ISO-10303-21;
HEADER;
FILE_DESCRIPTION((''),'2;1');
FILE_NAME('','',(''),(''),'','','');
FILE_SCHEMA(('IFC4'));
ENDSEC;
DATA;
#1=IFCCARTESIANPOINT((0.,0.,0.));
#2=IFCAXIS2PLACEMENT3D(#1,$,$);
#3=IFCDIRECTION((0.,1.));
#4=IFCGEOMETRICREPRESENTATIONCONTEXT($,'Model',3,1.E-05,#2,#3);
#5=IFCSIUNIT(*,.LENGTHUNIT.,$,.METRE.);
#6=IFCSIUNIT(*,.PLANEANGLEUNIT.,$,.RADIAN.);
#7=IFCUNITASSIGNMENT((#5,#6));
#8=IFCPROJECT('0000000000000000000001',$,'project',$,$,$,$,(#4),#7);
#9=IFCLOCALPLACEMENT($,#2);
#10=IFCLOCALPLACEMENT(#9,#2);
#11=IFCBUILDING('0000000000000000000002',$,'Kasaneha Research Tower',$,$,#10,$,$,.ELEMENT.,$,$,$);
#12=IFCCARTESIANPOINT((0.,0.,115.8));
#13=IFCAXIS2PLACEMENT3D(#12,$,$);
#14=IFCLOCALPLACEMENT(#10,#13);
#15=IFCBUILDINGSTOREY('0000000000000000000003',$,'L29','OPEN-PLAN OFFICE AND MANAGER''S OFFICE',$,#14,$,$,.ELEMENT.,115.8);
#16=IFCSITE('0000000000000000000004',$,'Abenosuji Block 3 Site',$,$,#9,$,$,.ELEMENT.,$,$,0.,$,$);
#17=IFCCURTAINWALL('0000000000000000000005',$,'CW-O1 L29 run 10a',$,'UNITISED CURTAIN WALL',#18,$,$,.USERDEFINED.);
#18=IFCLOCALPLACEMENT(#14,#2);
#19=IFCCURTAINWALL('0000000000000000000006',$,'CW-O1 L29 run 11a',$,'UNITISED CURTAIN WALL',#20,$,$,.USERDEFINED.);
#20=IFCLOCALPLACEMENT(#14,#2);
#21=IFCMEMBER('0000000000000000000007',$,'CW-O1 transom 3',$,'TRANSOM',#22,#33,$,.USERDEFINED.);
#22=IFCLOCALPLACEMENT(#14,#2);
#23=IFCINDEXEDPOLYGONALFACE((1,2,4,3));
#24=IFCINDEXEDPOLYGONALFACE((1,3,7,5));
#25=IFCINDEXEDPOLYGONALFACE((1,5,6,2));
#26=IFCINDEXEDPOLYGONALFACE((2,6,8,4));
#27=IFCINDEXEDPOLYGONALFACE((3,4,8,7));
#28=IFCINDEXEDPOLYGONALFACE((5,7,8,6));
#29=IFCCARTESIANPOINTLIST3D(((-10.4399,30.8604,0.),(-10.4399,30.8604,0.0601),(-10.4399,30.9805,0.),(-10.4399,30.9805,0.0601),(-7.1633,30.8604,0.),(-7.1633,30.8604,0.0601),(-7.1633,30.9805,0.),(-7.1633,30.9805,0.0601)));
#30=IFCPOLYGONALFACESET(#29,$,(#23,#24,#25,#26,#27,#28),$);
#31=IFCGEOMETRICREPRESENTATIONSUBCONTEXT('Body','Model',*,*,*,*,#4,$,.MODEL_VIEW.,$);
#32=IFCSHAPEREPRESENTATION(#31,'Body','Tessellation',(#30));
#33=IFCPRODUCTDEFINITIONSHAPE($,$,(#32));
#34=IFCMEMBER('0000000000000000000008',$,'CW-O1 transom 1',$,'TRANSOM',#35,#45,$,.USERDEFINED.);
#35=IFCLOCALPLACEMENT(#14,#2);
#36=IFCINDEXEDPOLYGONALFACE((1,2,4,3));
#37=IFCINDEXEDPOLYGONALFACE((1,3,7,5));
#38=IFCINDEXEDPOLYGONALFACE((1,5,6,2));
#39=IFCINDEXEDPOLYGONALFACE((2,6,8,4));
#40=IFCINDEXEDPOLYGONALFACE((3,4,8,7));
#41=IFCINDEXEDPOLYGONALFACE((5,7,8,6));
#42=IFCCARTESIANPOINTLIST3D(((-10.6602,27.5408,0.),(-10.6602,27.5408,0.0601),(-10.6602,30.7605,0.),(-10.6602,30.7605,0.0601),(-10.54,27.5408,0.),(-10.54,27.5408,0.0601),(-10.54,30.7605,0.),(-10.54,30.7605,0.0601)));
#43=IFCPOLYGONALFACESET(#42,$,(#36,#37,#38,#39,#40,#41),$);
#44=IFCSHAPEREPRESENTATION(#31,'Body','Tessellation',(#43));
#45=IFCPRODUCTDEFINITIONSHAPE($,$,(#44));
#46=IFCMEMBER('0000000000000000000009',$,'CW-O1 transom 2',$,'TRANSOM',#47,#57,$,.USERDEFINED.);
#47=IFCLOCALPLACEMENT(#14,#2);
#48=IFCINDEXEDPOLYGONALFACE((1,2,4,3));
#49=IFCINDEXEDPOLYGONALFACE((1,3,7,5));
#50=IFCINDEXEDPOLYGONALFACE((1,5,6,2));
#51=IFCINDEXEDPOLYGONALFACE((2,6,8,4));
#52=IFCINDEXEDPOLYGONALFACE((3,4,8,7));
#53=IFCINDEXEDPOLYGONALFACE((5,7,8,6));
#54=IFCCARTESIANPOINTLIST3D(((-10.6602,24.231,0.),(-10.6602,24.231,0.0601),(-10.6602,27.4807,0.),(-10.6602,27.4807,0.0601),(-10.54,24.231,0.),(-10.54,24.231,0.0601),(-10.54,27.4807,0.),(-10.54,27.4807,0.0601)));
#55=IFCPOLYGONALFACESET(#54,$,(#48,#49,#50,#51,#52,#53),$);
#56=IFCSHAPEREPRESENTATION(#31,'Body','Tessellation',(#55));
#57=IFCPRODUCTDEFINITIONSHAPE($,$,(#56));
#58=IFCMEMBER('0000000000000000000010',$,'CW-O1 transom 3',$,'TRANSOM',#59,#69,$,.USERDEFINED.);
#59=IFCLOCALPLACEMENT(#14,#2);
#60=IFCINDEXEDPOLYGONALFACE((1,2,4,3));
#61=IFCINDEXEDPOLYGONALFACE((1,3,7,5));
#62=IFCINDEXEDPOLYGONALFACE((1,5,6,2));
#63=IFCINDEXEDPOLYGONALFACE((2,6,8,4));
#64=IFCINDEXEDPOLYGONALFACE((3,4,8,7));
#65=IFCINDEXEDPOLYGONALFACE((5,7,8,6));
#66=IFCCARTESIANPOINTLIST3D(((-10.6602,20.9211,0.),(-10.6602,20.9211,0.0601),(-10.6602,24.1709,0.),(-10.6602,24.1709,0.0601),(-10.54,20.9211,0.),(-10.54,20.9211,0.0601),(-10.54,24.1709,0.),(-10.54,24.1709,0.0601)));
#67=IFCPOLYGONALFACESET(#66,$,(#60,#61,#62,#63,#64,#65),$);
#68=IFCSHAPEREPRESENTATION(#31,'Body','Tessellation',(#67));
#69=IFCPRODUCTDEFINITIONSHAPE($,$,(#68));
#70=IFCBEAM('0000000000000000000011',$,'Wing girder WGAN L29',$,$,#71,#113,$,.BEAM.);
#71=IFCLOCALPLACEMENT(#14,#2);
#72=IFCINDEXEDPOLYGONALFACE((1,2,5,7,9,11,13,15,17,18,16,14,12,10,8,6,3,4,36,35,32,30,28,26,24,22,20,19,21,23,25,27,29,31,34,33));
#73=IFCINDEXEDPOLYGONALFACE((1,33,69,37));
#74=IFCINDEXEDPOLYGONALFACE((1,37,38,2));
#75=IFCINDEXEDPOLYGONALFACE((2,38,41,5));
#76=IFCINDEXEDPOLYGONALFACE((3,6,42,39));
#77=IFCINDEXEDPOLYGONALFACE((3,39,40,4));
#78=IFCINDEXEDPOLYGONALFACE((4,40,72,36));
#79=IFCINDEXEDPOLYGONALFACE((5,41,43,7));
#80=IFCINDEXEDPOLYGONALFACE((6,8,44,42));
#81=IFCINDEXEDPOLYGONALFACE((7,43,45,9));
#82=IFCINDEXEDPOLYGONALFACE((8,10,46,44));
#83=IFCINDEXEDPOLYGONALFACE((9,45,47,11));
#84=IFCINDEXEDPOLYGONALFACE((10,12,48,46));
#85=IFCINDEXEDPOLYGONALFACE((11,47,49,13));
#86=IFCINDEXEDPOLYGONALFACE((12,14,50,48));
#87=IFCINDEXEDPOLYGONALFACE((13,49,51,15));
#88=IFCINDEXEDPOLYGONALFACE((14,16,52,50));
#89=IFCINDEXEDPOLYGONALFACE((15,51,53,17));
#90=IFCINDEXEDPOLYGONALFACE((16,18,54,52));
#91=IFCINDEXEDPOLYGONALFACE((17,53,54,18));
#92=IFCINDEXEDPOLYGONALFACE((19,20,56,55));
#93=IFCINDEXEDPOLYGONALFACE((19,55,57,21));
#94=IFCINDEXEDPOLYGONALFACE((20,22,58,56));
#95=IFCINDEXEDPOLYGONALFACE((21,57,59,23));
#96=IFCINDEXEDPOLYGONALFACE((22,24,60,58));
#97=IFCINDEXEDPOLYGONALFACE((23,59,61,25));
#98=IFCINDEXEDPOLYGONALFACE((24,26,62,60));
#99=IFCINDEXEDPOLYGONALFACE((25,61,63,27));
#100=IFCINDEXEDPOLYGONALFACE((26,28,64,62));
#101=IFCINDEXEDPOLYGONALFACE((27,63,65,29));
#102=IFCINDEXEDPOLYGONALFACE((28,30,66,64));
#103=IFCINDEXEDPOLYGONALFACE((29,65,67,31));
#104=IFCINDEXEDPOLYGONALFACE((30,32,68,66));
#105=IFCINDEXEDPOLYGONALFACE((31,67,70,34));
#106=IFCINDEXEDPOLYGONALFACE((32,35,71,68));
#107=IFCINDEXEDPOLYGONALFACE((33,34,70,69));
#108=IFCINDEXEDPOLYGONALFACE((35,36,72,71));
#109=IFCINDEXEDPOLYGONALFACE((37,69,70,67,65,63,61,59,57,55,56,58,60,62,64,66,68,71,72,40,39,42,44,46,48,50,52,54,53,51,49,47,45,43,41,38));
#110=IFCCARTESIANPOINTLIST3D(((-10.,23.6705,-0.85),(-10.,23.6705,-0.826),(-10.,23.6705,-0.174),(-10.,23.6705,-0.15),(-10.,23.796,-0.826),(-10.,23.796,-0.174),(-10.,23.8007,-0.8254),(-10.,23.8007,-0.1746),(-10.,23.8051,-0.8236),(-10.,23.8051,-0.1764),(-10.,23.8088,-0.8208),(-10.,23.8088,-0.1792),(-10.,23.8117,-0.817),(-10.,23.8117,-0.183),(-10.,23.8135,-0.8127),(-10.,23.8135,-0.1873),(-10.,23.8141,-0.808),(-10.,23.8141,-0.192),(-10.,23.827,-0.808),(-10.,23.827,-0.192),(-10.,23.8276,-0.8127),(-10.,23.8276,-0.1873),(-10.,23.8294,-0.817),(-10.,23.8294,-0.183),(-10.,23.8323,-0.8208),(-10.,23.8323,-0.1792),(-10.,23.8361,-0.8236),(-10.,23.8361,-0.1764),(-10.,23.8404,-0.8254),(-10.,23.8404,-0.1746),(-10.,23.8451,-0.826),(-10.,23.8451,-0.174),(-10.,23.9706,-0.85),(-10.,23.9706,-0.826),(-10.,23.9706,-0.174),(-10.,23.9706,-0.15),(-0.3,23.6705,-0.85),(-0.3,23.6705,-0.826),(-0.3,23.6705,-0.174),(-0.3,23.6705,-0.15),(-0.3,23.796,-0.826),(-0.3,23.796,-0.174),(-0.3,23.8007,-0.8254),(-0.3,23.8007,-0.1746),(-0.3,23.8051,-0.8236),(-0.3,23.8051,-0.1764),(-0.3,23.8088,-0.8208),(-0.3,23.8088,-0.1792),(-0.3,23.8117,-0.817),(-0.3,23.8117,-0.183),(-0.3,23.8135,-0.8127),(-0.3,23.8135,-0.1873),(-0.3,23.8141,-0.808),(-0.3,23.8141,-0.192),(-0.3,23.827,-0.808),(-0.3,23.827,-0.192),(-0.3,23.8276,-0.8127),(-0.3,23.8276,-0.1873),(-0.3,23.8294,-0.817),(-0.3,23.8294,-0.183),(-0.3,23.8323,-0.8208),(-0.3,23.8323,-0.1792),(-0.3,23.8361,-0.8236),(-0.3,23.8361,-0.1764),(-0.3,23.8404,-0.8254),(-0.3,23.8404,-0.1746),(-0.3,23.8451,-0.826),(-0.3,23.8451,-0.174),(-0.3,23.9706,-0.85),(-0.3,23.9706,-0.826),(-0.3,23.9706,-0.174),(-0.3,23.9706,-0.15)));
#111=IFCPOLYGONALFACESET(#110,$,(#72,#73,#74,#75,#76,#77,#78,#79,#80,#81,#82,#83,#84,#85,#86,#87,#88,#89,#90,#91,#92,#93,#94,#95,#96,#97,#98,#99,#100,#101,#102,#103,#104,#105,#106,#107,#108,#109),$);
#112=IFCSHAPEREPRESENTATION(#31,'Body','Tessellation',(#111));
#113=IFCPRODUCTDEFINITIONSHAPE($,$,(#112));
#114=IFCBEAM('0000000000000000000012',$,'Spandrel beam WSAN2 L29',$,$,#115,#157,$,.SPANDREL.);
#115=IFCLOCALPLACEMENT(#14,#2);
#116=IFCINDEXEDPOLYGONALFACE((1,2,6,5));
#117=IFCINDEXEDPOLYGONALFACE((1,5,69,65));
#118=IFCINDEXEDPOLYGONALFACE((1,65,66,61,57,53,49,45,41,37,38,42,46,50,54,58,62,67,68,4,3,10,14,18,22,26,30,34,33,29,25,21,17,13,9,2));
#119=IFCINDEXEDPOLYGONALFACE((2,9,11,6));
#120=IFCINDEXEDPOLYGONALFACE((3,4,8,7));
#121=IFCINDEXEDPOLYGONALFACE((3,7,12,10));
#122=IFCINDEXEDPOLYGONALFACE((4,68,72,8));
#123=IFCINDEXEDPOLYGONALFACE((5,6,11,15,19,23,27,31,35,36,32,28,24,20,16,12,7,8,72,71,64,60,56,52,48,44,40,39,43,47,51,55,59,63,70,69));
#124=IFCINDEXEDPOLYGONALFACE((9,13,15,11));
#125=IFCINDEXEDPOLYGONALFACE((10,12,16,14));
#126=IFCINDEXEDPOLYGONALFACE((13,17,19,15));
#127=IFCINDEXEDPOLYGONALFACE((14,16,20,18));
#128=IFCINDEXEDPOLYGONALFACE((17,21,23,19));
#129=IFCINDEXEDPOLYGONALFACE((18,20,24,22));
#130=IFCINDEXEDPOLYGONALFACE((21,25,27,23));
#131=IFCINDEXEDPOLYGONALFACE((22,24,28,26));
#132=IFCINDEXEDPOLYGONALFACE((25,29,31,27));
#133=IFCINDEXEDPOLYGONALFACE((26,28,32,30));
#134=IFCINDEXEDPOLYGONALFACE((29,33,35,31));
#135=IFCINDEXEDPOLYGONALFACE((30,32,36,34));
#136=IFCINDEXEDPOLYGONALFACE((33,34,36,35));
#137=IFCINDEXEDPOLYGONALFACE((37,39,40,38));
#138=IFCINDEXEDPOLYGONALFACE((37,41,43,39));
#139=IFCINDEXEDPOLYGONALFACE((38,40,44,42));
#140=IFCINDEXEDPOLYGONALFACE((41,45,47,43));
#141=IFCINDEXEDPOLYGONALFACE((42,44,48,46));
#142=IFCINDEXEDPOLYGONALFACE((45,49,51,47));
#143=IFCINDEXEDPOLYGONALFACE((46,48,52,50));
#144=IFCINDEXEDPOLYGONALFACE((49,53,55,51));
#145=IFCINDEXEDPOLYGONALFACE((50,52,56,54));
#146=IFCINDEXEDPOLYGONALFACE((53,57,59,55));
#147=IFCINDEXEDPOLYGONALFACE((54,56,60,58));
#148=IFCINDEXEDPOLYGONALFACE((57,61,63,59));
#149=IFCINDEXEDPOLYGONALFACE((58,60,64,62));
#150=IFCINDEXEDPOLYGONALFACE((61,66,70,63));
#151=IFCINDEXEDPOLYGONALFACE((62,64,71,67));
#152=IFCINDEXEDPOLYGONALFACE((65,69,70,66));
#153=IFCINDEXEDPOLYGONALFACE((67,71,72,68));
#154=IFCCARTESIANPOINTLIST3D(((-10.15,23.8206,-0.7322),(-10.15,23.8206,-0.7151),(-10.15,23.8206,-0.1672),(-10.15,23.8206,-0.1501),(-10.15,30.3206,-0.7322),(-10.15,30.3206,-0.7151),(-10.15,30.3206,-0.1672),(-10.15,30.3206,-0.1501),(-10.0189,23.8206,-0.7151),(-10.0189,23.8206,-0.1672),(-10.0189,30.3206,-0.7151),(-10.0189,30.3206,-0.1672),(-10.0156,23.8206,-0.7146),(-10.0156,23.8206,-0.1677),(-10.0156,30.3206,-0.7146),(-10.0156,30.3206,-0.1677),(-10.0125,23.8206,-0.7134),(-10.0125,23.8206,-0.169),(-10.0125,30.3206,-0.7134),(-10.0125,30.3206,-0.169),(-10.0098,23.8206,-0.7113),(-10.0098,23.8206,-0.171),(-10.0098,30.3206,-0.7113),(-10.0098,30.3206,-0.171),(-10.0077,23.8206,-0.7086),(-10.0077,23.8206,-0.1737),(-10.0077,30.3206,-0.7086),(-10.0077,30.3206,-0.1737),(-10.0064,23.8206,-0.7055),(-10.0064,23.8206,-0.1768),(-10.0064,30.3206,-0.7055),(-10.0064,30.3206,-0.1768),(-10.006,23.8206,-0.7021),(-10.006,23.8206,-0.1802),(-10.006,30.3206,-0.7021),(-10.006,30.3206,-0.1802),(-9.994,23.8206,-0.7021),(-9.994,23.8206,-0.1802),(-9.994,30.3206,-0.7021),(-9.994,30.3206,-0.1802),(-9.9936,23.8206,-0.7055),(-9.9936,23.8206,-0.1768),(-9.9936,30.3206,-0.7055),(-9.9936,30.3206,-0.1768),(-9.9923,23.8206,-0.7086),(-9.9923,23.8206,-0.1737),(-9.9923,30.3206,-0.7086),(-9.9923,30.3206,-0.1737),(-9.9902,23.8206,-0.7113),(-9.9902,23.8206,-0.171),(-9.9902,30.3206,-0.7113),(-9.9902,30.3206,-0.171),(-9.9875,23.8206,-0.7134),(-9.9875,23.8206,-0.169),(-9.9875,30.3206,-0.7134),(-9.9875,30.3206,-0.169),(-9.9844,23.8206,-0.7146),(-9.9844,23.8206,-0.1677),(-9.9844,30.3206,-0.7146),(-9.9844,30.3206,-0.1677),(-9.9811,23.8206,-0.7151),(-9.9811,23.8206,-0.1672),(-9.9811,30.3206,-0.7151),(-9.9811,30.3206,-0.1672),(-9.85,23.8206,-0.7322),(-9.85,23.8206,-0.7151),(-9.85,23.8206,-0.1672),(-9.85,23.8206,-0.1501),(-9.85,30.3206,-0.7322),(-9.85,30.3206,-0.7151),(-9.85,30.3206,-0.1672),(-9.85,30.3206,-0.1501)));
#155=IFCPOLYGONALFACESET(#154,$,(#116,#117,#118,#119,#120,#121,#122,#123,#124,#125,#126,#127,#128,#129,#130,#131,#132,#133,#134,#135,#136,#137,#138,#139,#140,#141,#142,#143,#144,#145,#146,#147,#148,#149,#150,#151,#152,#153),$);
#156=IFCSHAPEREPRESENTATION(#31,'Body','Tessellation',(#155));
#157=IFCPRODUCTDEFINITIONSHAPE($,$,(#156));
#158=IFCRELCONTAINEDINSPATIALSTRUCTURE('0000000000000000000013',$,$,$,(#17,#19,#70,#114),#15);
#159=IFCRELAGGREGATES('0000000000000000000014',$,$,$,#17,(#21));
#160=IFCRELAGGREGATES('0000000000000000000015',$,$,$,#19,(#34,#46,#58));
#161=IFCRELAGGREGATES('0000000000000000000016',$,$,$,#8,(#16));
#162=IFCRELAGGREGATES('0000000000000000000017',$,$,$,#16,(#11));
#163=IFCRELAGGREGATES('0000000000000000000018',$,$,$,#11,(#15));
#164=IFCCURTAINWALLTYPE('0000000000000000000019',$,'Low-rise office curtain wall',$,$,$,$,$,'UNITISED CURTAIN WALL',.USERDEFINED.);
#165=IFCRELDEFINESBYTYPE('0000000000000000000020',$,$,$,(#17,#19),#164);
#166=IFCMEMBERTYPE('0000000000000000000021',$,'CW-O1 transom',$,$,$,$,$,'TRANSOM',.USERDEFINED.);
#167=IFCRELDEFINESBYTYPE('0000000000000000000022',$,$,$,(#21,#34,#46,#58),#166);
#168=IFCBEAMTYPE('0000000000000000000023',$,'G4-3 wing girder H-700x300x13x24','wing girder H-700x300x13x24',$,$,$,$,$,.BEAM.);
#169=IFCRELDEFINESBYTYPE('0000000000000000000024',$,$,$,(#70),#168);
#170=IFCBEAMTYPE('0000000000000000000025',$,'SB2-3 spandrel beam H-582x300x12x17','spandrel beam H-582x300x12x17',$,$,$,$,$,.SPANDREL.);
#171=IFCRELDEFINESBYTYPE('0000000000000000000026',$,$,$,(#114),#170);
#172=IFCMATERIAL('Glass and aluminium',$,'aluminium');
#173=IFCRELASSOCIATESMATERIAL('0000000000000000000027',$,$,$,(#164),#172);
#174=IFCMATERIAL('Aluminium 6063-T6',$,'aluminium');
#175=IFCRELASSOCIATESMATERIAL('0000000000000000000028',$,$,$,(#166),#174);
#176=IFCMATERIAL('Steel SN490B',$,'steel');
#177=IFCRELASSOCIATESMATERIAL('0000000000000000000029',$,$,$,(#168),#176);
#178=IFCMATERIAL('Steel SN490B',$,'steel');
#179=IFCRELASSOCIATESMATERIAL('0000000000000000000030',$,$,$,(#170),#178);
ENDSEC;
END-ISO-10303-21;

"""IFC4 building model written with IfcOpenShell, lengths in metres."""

from ifc_helpers import new_model, si_unit, direction, frame, origin, origin_2d, place, context, subcontext, project, spatial, rectangle, i_section, extrude, material, material_profile, profile_set, type_object, element, aggregate, save


model = new_model("IFC4")

# Units and contexts
model_context = context("Model", 3, precision=1e-05, world=origin(), true_north=direction((0.0, 1.0)))
body_context = subcontext(model_context, "Body", "Model", "MODEL_VIEW")
ifc_project = project(units=[si_unit("LENGTHUNIT", "METRE"), si_unit("PLANEANGLEUNIT", "RADIAN")], contexts=[model_context])

# Site, building, storey
site_placement = place(None, origin())
site = spatial("IfcSite", under=ifc_project, at=site_placement, Name="Abenosuji Block 3 Site", CompositionType="ELEMENT", RefElevation=0.0)
building_placement = place(site_placement, origin())
building = spatial("IfcBuilding", under=site, at=building_placement, Name="Kasaneha Research Tower", CompositionType="ELEMENT")
storey_placement = place(building_placement, frame((0.0, 0.0, 115.8)))
storey = spatial("IfcBuildingStorey", under=building, at=storey_placement, Name="L29", Description="OPEN-PLAN OFFICE AND MANAGER'S OFFICE", CompositionType="ELEMENT", Elevation=115.8)

# Curtain walls
ifc_material_1 = material(Name="Glass and aluminium", Category="aluminium")
curtain_wall_type = type_object("IfcCurtainWallType", Name="Low-rise office curtain wall", ElementType="UNITISED CURTAIN WALL", PredefinedType="USERDEFINED", material=ifc_material_1)
curtain_wall_1_placement = place(storey_placement, origin())
curtain_wall_1 = element("IfcCurtainWall", 1, at=curtain_wall_1_placement, inside=storey, type_object=curtain_wall_type, Name="CW-O1 L29 run 10a", ObjectType="UNITISED CURTAIN WALL", PredefinedType="USERDEFINED")
curtain_wall_2_placement = place(storey_placement, origin())
curtain_wall_2 = element("IfcCurtainWall", 2, at=curtain_wall_2_placement, inside=storey, type_object=curtain_wall_type, Name="CW-O1 L29 run 11a", ObjectType="UNITISED CURTAIN WALL", PredefinedType="USERDEFINED")

# Members
ifc_material_2 = material(Name="Aluminium 6063-T6", Category="aluminium")
ifc_material_profile_1 = material_profile(ifc_material_2, rectangle(XDim=0.1201, YDim=0.0601, at=origin_2d()), Name="CW-O1 transom 120x60")
ifc_profile_set_1 = profile_set([ifc_material_profile_1], Name="Aluminium 6063-T6")
member_type_1 = type_object("IfcMemberType", Name="CW-O1 transom", ElementType="TRANSOM", PredefinedType="USERDEFINED", material=ifc_profile_set_1)
member_1_placement = place(storey_placement, frame((-7.1633, 30.9204, 0.03), z_axis=(-1.0, 0.0, 0.0), x_axis=(0.0, -1.0, 0.0)))
member_1 = element("IfcMember", 3, at=member_1_placement, type_object=member_type_1, Name="CW-O1 transom 3", ObjectType="TRANSOM", PredefinedType="USERDEFINED", context=body_context, shape_type="SweptSolid", body=[
    extrude(rectangle(XDim=0.1201, YDim=0.0601, at=origin_2d()), origin(), (0.0, 0.0, 1.0), 3.2766),
])
member_2_placement = place(storey_placement, frame((-10.6001, 30.7605, 0.03), z_axis=(0.0, -1.0, 0.0), x_axis=(1.0, 0.0, 0.0)))
member_2 = element("IfcMember", 4, at=member_2_placement, type_object=member_type_1, Name="CW-O1 transom 1", ObjectType="TRANSOM", PredefinedType="USERDEFINED", context=body_context, shape_type="SweptSolid", body=[
    extrude(rectangle(XDim=0.1201, YDim=0.0601, at=origin_2d()), origin(), (0.0, 0.0, 1.0), 3.2197),
])
member_3_placement = place(storey_placement, frame((-10.6001, 27.4807, 0.03), z_axis=(0.0, -1.0, 0.0), x_axis=(1.0, 0.0, 0.0)))
member_3 = element("IfcMember", 5, at=member_3_placement, type_object=member_type_1, Name="CW-O1 transom 2", ObjectType="TRANSOM", PredefinedType="USERDEFINED", context=body_context, shape_type="SweptSolid", body=[
    extrude(rectangle(XDim=0.1201, YDim=0.0601, at=origin_2d()), origin(), (0.0, 0.0, 1.0), 3.2498),
])
member_4_placement = place(storey_placement, frame((-10.6001, 24.1709, 0.03), z_axis=(0.0, -1.0, 0.0), x_axis=(1.0, 0.0, 0.0)))
member_4 = element("IfcMember", 6, at=member_4_placement, type_object=member_type_1, Name="CW-O1 transom 3", ObjectType="TRANSOM", PredefinedType="USERDEFINED", context=body_context, shape_type="SweptSolid", body=[
    extrude(rectangle(XDim=0.1201, YDim=0.0601, at=origin_2d()), origin(), (0.0, 0.0, 1.0), 3.2498),
])

# Beams
ifc_material_3 = material(Name="Steel SN490B", Category="steel")
ifc_material_profile_2 = material_profile(ifc_material_3, i_section(OverallWidth=0.3, OverallDepth=0.7, WebThickness=0.0129, FlangeThickness=0.0239, FilletRadius=0.0181, at=origin_2d()), Name="H-700x300x13x24")
ifc_profile_set_2 = profile_set([ifc_material_profile_2], Name="Steel SN490B")
beam_type_1 = type_object("IfcBeamType", Name="G4-3 wing girder H-700x300x13x24", Description="wing girder H-700x300x13x24", PredefinedType="BEAM", material=ifc_profile_set_2)
beam_1_placement = place(storey_placement, frame((-10.0, 23.8206, -0.5), z_axis=(1.0, 0.0, 0.0), x_axis=(0.0, 1.0, 0.0)))
element("IfcBeam", 7, at=beam_1_placement, inside=storey, type_object=beam_type_1, Name="Wing girder WGAN L29", PredefinedType="BEAM", context=body_context, shape_type="SweptSolid", body=[
    extrude(i_section(OverallWidth=0.3, OverallDepth=0.7, WebThickness=0.0129, FlangeThickness=0.0239, FilletRadius=0.0181, at=origin_2d()), origin(), (0.0, 0.0, 1.0), 9.7),
])
ifc_material_4 = material(Name="Steel SN490B", Category="steel")
ifc_material_profile_3 = material_profile(ifc_material_4, i_section(OverallWidth=0.3, OverallDepth=0.582, WebThickness=0.012, FlangeThickness=0.0171, FilletRadius=0.0129, at=origin_2d()), Name="H-582x300x12x17")
ifc_profile_set_3 = profile_set([ifc_material_profile_3], Name="Steel SN490B")
beam_type_2 = type_object("IfcBeamType", Name="SB2-3 spandrel beam H-582x300x12x17", Description="spandrel beam H-582x300x12x17", PredefinedType="SPANDREL", material=ifc_profile_set_3)
beam_2_placement = place(storey_placement, frame((-10.0, 23.8206, -0.4412), z_axis=(0.0, 1.0, 0.0), x_axis=(-1.0, 0.0, 0.0)))
element("IfcBeam", 8, at=beam_2_placement, inside=storey, type_object=beam_type_2, Name="Spandrel beam WSAN2 L29", PredefinedType="SPANDREL", context=body_context, shape_type="SweptSolid", body=[
    extrude(i_section(OverallWidth=0.3, OverallDepth=0.582, WebThickness=0.012, FlangeThickness=0.0171, FilletRadius=0.0129, at=origin_2d()), origin(), (0.0, 0.0, 1.0), 6.5),
])

aggregate(curtain_wall_1, [member_1])
aggregate(curtain_wall_2, [member_2, member_3, member_4])

save(model, "model.ifc")
